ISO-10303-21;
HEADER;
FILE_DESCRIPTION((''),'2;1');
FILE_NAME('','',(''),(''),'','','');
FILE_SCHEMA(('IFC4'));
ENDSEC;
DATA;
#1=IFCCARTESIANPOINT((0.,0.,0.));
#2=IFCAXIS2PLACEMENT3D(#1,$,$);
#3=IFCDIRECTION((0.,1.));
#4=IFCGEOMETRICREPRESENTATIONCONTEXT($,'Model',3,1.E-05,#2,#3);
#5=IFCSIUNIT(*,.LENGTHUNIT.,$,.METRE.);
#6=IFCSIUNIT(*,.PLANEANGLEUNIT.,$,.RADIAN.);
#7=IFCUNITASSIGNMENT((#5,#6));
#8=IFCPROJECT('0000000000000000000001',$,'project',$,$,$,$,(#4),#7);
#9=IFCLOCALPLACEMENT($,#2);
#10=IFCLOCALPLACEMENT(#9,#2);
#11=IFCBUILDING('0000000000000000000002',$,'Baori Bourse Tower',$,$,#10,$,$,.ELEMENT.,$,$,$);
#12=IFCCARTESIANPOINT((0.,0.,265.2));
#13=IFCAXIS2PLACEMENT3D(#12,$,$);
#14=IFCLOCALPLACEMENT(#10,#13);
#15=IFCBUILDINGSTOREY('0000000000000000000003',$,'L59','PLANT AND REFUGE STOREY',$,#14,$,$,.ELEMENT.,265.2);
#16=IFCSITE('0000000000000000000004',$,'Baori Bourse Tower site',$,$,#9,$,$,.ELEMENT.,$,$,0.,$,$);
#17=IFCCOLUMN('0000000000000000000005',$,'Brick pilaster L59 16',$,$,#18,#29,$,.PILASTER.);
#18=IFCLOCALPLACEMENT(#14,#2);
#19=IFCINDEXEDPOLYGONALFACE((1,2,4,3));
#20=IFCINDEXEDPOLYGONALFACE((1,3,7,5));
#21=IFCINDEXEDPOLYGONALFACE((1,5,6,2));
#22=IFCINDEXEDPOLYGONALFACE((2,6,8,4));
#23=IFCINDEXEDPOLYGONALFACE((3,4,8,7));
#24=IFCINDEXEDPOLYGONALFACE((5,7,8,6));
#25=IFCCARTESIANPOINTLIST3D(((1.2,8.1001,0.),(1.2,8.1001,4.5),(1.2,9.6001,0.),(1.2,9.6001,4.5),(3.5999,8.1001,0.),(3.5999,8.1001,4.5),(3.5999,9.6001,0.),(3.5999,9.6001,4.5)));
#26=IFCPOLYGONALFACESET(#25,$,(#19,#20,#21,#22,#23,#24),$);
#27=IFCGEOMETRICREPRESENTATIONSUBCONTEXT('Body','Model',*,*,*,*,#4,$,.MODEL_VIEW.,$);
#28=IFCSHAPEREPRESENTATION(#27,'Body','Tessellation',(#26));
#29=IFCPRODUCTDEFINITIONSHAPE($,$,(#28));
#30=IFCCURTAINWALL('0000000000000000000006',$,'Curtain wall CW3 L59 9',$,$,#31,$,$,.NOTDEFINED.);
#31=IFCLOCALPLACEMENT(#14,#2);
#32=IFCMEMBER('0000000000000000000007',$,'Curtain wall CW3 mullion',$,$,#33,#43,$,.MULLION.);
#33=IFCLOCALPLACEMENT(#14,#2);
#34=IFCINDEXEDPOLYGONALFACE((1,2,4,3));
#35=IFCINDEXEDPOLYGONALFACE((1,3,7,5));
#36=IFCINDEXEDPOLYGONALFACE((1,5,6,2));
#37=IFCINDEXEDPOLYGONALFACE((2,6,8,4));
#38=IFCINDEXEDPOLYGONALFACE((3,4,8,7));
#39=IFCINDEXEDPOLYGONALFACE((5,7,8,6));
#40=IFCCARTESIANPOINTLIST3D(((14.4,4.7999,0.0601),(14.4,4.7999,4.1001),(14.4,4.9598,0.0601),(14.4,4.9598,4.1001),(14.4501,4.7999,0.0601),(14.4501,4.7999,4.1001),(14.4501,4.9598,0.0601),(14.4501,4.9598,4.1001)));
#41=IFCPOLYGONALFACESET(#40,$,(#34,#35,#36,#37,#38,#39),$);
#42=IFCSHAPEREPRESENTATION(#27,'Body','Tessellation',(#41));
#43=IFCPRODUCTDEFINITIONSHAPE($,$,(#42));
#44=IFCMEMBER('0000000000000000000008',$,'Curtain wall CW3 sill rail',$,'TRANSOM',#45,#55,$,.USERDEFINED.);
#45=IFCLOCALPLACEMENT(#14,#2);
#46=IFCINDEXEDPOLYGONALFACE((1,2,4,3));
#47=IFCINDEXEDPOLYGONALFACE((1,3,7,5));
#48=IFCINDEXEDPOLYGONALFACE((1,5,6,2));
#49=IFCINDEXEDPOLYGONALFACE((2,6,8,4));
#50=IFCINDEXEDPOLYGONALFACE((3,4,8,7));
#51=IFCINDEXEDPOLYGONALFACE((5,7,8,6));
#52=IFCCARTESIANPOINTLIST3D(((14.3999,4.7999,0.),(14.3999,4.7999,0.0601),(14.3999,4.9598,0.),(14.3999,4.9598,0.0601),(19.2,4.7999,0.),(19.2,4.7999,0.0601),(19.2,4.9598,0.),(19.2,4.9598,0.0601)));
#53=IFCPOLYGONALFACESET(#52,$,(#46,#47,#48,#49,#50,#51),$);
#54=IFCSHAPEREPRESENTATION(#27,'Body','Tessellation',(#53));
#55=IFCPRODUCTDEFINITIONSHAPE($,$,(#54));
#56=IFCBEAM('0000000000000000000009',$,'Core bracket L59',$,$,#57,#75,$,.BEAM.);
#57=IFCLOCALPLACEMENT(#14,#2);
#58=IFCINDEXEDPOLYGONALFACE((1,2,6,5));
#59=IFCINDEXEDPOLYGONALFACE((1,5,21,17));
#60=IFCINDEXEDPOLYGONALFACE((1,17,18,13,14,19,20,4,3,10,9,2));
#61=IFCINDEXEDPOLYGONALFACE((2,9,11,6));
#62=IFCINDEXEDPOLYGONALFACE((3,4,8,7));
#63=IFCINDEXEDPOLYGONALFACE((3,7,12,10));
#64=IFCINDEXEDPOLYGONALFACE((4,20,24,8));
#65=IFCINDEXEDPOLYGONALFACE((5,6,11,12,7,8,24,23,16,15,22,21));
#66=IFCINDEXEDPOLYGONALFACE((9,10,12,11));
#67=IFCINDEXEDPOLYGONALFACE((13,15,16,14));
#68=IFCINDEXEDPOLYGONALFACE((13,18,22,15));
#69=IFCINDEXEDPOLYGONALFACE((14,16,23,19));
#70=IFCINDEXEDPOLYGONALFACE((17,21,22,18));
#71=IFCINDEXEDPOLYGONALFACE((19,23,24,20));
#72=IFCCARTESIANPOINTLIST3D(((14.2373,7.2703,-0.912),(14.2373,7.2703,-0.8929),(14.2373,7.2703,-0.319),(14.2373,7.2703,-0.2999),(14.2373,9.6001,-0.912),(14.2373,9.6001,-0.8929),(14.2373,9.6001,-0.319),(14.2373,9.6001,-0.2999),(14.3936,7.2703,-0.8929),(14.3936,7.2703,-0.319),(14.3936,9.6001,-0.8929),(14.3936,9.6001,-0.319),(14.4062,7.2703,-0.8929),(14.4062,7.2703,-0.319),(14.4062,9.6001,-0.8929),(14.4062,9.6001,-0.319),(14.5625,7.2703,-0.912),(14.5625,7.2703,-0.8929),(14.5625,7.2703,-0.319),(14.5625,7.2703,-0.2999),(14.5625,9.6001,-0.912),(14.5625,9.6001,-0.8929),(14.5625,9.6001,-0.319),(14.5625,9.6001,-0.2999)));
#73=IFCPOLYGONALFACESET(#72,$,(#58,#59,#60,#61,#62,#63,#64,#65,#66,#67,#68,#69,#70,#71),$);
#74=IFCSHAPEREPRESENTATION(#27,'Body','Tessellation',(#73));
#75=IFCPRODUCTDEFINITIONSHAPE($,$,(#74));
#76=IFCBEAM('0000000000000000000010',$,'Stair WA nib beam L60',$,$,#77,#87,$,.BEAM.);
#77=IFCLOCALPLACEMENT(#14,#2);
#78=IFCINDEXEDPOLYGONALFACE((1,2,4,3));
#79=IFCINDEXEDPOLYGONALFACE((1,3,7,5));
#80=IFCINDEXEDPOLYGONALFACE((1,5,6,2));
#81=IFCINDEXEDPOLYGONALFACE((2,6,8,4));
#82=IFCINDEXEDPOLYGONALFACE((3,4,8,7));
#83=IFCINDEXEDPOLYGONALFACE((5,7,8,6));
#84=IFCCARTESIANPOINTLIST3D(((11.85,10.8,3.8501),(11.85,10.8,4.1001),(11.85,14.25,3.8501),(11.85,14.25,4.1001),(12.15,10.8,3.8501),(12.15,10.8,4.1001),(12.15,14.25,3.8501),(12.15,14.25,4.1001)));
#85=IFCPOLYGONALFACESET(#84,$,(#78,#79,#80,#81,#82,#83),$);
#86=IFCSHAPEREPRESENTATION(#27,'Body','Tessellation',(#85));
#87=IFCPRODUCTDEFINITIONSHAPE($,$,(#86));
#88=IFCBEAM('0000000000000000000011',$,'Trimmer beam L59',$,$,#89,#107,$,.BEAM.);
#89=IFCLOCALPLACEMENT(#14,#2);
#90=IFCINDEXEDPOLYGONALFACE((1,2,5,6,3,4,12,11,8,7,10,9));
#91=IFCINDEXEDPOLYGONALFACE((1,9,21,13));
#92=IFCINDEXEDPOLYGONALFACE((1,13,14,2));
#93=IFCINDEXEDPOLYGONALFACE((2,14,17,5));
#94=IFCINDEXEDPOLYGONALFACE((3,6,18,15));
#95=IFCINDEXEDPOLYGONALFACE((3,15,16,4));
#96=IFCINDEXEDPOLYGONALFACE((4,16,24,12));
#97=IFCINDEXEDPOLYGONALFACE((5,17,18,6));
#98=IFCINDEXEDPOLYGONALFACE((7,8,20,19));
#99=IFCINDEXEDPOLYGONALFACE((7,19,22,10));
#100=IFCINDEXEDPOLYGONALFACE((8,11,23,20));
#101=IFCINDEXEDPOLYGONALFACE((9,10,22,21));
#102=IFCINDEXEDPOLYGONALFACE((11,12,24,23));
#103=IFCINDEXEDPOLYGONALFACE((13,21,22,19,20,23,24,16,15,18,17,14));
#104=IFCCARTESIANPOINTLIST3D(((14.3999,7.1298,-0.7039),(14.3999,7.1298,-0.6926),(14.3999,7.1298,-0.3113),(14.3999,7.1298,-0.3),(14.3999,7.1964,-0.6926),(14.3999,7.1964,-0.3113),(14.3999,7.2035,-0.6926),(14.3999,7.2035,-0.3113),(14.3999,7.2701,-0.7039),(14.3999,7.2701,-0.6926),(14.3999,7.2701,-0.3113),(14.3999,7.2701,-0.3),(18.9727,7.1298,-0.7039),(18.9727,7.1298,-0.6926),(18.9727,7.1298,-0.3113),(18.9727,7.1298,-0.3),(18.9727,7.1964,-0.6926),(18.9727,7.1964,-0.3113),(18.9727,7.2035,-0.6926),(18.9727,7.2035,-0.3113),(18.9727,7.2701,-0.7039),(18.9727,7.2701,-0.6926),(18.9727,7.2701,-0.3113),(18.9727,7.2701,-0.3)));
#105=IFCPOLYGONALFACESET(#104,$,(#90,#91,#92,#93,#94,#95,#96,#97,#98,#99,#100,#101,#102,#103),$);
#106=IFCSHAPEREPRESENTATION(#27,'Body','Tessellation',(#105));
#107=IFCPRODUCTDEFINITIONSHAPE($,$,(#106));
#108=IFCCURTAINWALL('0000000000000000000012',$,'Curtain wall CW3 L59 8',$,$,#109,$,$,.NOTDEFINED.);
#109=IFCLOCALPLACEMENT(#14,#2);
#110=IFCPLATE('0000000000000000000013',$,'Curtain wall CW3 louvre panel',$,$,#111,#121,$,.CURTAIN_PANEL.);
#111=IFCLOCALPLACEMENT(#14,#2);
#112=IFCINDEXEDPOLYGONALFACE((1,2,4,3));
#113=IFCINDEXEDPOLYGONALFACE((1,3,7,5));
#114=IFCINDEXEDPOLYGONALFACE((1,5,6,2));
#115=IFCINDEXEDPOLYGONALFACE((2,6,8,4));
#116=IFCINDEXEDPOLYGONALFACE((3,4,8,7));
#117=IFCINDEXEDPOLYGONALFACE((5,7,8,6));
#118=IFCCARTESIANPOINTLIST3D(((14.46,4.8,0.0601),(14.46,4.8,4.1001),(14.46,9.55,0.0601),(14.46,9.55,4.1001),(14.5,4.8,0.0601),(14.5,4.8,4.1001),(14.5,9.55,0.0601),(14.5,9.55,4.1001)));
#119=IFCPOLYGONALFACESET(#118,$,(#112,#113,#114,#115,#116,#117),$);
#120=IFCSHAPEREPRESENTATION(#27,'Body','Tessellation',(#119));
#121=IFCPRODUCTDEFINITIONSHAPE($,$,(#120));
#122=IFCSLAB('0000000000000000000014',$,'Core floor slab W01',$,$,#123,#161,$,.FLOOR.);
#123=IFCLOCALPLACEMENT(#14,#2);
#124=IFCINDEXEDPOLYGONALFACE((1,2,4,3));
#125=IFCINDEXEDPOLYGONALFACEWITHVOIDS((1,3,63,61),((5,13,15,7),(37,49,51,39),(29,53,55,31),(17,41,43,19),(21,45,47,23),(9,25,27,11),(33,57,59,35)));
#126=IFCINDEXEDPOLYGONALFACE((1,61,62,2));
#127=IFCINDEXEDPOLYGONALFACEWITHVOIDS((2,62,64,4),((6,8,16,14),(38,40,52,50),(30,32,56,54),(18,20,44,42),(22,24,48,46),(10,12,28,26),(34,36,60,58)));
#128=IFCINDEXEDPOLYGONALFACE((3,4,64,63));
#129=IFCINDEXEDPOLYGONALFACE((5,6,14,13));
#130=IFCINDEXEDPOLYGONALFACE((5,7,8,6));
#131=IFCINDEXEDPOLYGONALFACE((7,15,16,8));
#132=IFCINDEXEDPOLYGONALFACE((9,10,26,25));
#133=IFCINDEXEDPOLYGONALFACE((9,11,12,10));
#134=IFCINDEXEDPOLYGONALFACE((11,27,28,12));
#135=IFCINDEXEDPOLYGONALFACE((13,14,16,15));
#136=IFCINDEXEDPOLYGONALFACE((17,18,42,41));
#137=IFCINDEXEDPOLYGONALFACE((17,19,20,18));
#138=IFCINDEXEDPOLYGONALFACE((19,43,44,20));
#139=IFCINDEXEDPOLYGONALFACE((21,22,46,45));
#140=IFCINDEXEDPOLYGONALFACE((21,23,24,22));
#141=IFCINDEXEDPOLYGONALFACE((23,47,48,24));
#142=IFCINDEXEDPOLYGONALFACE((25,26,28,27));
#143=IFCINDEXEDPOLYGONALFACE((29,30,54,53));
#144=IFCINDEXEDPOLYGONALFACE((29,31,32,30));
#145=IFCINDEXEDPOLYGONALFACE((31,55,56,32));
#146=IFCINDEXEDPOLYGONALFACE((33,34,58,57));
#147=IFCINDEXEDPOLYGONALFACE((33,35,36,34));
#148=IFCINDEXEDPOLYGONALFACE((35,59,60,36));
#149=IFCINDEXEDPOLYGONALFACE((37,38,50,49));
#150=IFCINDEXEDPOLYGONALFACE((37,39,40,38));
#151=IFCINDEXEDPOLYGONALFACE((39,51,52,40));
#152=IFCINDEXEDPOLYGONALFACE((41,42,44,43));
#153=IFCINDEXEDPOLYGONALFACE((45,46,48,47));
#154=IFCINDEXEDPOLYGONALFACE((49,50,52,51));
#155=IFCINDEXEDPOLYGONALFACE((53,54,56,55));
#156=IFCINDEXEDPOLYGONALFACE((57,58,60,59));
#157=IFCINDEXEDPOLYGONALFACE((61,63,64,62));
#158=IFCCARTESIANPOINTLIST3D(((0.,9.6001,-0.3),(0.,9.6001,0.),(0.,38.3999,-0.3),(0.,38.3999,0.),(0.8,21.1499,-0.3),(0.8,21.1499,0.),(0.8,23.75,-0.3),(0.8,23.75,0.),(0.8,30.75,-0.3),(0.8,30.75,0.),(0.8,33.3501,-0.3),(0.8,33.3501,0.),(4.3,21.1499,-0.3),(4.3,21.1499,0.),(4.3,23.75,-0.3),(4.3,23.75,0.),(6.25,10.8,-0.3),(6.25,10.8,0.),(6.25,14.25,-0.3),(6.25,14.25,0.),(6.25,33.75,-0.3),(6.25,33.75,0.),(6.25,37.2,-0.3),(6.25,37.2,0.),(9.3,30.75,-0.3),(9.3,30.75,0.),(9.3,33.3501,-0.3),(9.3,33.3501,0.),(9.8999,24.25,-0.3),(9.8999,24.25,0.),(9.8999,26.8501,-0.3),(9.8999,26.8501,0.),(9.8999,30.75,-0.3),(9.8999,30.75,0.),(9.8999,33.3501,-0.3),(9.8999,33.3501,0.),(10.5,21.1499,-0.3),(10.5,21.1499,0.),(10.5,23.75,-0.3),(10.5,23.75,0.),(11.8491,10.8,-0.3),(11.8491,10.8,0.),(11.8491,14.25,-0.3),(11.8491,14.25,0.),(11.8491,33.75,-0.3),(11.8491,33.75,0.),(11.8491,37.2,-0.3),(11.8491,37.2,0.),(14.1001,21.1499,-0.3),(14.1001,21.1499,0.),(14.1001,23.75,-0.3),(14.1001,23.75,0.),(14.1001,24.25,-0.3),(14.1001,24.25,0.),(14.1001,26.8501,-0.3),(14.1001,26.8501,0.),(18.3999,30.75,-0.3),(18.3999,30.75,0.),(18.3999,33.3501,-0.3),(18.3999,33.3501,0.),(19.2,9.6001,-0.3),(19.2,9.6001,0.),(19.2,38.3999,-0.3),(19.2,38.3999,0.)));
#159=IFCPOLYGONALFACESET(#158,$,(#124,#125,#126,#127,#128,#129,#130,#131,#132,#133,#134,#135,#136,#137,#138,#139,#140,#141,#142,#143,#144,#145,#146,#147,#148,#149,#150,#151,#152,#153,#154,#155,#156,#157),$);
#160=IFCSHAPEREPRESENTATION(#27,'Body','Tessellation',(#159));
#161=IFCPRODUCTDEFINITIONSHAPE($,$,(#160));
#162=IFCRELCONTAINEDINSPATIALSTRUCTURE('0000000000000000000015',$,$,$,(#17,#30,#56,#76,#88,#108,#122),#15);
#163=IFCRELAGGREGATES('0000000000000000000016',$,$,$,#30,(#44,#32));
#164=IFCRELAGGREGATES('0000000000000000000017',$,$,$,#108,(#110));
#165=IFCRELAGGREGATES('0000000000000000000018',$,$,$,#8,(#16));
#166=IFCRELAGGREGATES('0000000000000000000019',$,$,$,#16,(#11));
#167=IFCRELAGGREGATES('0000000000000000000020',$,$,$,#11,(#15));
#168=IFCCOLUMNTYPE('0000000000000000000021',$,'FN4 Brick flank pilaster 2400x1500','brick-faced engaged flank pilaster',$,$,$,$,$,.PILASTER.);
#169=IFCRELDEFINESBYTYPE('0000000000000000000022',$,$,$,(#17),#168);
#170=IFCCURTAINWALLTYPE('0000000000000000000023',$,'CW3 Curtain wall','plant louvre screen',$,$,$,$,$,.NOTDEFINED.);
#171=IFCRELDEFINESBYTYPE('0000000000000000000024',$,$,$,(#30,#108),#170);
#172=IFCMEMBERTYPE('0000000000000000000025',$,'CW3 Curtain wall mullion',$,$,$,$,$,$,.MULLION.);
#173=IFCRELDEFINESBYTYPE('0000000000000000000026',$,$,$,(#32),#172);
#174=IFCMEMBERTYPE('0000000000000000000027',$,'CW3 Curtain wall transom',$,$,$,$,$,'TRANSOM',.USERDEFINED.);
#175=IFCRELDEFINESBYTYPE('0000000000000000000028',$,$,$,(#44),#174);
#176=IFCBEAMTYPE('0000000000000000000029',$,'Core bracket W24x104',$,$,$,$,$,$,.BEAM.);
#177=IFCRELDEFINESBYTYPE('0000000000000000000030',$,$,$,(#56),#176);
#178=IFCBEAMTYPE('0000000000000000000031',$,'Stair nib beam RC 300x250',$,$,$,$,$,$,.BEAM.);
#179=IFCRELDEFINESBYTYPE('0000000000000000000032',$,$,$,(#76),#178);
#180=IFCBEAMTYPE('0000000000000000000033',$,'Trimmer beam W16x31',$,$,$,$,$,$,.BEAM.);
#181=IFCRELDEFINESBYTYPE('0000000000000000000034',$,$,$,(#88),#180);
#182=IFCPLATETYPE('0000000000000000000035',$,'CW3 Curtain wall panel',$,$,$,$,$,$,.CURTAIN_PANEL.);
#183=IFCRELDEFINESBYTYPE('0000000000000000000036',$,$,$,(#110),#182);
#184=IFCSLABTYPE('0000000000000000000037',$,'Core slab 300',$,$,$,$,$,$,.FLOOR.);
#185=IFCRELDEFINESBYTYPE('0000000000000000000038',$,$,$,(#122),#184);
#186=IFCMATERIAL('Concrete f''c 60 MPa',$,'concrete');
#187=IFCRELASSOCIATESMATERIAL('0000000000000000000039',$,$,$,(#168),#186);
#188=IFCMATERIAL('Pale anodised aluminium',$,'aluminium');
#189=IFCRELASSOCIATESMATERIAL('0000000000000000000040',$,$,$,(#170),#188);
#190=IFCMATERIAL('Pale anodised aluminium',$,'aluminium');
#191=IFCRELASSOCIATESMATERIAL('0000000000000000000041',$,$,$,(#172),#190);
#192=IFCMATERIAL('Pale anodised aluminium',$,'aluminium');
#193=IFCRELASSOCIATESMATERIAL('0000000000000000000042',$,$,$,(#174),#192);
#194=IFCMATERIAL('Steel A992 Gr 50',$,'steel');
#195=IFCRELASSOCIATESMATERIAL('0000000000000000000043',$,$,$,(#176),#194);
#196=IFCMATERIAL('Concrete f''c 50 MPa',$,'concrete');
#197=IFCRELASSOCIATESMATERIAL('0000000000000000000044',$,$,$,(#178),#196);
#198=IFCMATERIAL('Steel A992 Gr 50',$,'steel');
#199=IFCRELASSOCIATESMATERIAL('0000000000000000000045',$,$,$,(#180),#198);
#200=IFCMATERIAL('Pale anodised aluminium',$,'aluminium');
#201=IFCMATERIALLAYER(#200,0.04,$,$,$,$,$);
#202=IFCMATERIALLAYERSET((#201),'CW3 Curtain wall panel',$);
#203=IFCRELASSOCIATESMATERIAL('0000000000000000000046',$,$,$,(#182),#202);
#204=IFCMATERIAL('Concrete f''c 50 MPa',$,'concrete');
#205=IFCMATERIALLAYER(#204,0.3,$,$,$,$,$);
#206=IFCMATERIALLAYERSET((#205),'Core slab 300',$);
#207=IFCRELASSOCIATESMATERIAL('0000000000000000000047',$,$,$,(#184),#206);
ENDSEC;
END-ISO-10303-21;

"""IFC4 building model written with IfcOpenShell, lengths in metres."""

from ifc_helpers import new_model, si_unit, direction, frame, origin, origin_2d, place, context, subcontext, project, spatial, polyline, rectangle, i_section, outline, extrude, material, layer, layer_set, material_profile, profile_set, type_object, element, aggregate, save


model = new_model("IFC4")

# Units and contexts
model_context = context("Model", 3, precision=1e-05, world=origin(), true_north=direction((0.0, 1.0)))
body_context = subcontext(model_context, "Body", "Model", "MODEL_VIEW")
ifc_project = project(units=[si_unit("LENGTHUNIT", "METRE"), si_unit("PLANEANGLEUNIT", "RADIAN")], contexts=[model_context])

# Site, building, storey
site_placement = place(None, origin())
site = spatial("IfcSite", under=ifc_project, at=site_placement, Name="Baori Bourse Tower site", CompositionType="ELEMENT", RefElevation=0.0)
building_placement = place(site_placement, origin())
building = spatial("IfcBuilding", under=site, at=building_placement, Name="Baori Bourse Tower", CompositionType="ELEMENT")
storey_placement = place(building_placement, frame((0.0, 0.0, 265.2)))
storey = spatial("IfcBuildingStorey", under=building, at=storey_placement, Name="L59", Description="PLANT AND REFUGE STOREY", CompositionType="ELEMENT", Elevation=265.2)

# Column
ifc_material_1 = material(Name="Concrete f'c 60 MPa", Category="concrete")
ifc_material_profile_1 = material_profile(ifc_material_1, rectangle(XDim=2.3999, YDim=1.5, at=origin_2d()), Name="RC 2400x1500")
ifc_profile_set_1 = profile_set([ifc_material_profile_1], Name="Concrete f'c 60 MPa")
column_type = type_object("IfcColumnType", Name="FN4 Brick flank pilaster 2400x1500", Description="brick-faced engaged flank pilaster", PredefinedType="PILASTER", material=ifc_profile_set_1)
column_placement = place(storey_placement, frame((2.3999, 8.8501, 0.0), z_axis=(0.0, 0.0, 1.0), x_axis=(1.0, 0.0, 0.0)))
element("IfcColumn", 1, at=column_placement, inside=storey, type_object=column_type, Name="Brick pilaster L59 16", PredefinedType="PILASTER", context=body_context, shape_type="SweptSolid", body=[
    extrude(rectangle(XDim=2.3999, YDim=1.5, at=origin_2d()), origin(), (0.0, 0.0, 1.0), 4.5),
])

# Curtain wall, members
ifc_material_2 = material(Name="Pale anodised aluminium", Category="aluminium")
curtain_wall_type = type_object("IfcCurtainWallType", Name="CW3 Curtain wall", Description="plant louvre screen", PredefinedType="NOTDEFINED", material=ifc_material_2)
curtain_wall_1_placement = place(storey_placement, origin())
curtain_wall_1 = element("IfcCurtainWall", 2, at=curtain_wall_1_placement, inside=storey, type_object=curtain_wall_type, Name="Curtain wall CW3 L59 9", PredefinedType="NOTDEFINED")
ifc_material_3 = material(Name="Pale anodised aluminium", Category="aluminium")
ifc_material_profile_2 = material_profile(ifc_material_3, rectangle(XDim=0.1599, YDim=0.05, at=origin_2d()), Name="Mullion 50x160")
ifc_profile_set_2 = profile_set([ifc_material_profile_2], Name="Pale anodised aluminium")
member_type_1 = type_object("IfcMemberType", Name="CW3 Curtain wall mullion", PredefinedType="MULLION", material=ifc_profile_set_2)
member_1_placement = place(storey_placement, frame((14.425, 4.8799, 0.0601), z_axis=(0.0, 0.0, 1.0), x_axis=(0.0, 1.0, 0.0)))
member_1 = element("IfcMember", 3, at=member_1_placement, type_object=member_type_1, Name="Curtain wall CW3 mullion", PredefinedType="MULLION", context=body_context, shape_type="SweptSolid", body=[
    extrude(rectangle(XDim=0.1599, YDim=0.05, at=origin_2d()), origin(), (0.0, 0.0, 1.0), 4.04),
])
ifc_material_4 = material(Name="Pale anodised aluminium", Category="aluminium")
ifc_material_profile_3 = material_profile(ifc_material_4, rectangle(XDim=0.1599, YDim=0.0601, at=origin_2d()), Name="Transom 60x160")
ifc_profile_set_3 = profile_set([ifc_material_profile_3], Name="Pale anodised aluminium")
member_type_2 = type_object("IfcMemberType", Name="CW3 Curtain wall transom", ElementType="TRANSOM", PredefinedType="USERDEFINED", material=ifc_profile_set_3)
member_2_placement = place(storey_placement, frame((14.3999, 4.8799, 0.03), z_axis=(1.0, 0.0, 0.0), x_axis=(0.0, 1.0, 0.0)))
member_2 = element("IfcMember", 4, at=member_2_placement, type_object=member_type_2, Name="Curtain wall CW3 sill rail", ObjectType="TRANSOM", PredefinedType="USERDEFINED", context=body_context, shape_type="SweptSolid", body=[
    extrude(rectangle(XDim=0.1599, YDim=0.0601, at=origin_2d()), origin(), (0.0, 0.0, 1.0), 4.8),
])
aggregate(curtain_wall_1, [member_2, member_1])

# Beams
ifc_material_5 = material(Name="Steel A992 Gr 50", Category="steel")
ifc_material_profile_4 = material_profile(ifc_material_5, i_section(OverallWidth=0.3252, OverallDepth=0.6121, WebThickness=0.0127, FlangeThickness=0.019, at=origin_2d()), Name="W24x104")
ifc_profile_set_4 = profile_set([ifc_material_profile_4], Name="Steel A992 Gr 50")
beam_type_1 = type_object("IfcBeamType", Name="Core bracket W24x104", PredefinedType="BEAM", material=ifc_profile_set_4)
beam_1_placement = place(storey_placement, frame((14.3999, 7.2703, -0.606), z_axis=(0.0, 1.0, 0.0), x_axis=(-1.0, 0.0, 0.0)))
element("IfcBeam", 5, at=beam_1_placement, inside=storey, type_object=beam_type_1, Name="Core bracket L59", PredefinedType="BEAM", context=body_context, shape_type="SweptSolid", body=[
    extrude(i_section(OverallWidth=0.3252, OverallDepth=0.6121, WebThickness=0.0127, FlangeThickness=0.019, at=origin_2d()), origin(), (0.0, 0.0, 1.0), 2.3298),
])
ifc_material_6 = material(Name="Concrete f'c 50 MPa", Category="concrete")
ifc_material_profile_5 = material_profile(ifc_material_6, rectangle(XDim=0.3, YDim=0.25, at=origin_2d()), Name="RC 300x250")
ifc_profile_set_5 = profile_set([ifc_material_profile_5], Name="Concrete f'c 50 MPa")
beam_type_2 = type_object("IfcBeamType", Name="Stair nib beam RC 300x250", PredefinedType="BEAM", material=ifc_profile_set_5)
beam_2_placement = place(storey_placement, frame((12.0, 10.8, 3.9751), z_axis=(0.0, 1.0, 0.0), x_axis=(-1.0, 0.0, 0.0)))
element("IfcBeam", 6, at=beam_2_placement, inside=storey, type_object=beam_type_2, Name="Stair WA nib beam L60", PredefinedType="BEAM", context=body_context, shape_type="SweptSolid", body=[
    extrude(rectangle(XDim=0.3, YDim=0.25, at=origin_2d()), origin(), (0.0, 0.0, 1.0), 3.45),
])
ifc_material_7 = material(Name="Steel A992 Gr 50", Category="steel")
ifc_material_profile_6 = material_profile(ifc_material_7, i_section(OverallWidth=0.1404, OverallDepth=0.4038, WebThickness=0.0071, FlangeThickness=0.0112, at=origin_2d()), Name="W16x31")
ifc_profile_set_6 = profile_set([ifc_material_profile_6], Name="Steel A992 Gr 50")
beam_type_3 = type_object("IfcBeamType", Name="Trimmer beam W16x31", PredefinedType="BEAM", material=ifc_profile_set_6)
beam_3_placement = place(storey_placement, frame((14.3999, 7.2, -0.502), z_axis=(1.0, 0.0, 0.0), x_axis=(0.0, 1.0, 0.0)))
element("IfcBeam", 7, at=beam_3_placement, inside=storey, type_object=beam_type_3, Name="Trimmer beam L59", PredefinedType="BEAM", context=body_context, shape_type="SweptSolid", body=[
    extrude(i_section(OverallWidth=0.1404, OverallDepth=0.4038, WebThickness=0.0071, FlangeThickness=0.0112, at=origin_2d()), origin(), (0.0, 0.0, 1.0), 4.5728),
])

# Curtain wall, plate
curtain_wall_2_placement = place(storey_placement, origin())
curtain_wall_2 = element("IfcCurtainWall", 8, at=curtain_wall_2_placement, inside=storey, type_object=curtain_wall_type, Name="Curtain wall CW3 L59 8", PredefinedType="NOTDEFINED")
ifc_material_8 = material(Name="Pale anodised aluminium", Category="aluminium")
ifc_layer_1 = layer(ifc_material_8, 0.04)
ifc_layer_set_1 = layer_set([ifc_layer_1], Name="CW3 Curtain wall panel")
plate_type = type_object("IfcPlateType", Name="CW3 Curtain wall panel", PredefinedType="CURTAIN_PANEL", material=ifc_layer_set_1)
plate_placement = place(storey_placement, frame((14.48, 7.175, 0.0601), z_axis=(0.0, 0.0, 1.0), x_axis=(0.0, -1.0, 0.0)))
plate = element("IfcPlate", 9, at=plate_placement, type_object=plate_type, Name="Curtain wall CW3 louvre panel", PredefinedType="CURTAIN_PANEL", context=body_context, shape_type="SweptSolid", body=[
    extrude(rectangle(XDim=4.75, YDim=0.04, at=origin_2d()), origin(), (0.0, 0.0, 1.0), 4.04),
])
aggregate(curtain_wall_2, [plate])

# Slab
ifc_material_9 = material(Name="Concrete f'c 50 MPa", Category="concrete")
ifc_layer_2 = layer(ifc_material_9, 0.3)
ifc_layer_set_2 = layer_set([ifc_layer_2], Name="Core slab 300")
slab_type_1 = type_object("IfcSlabType", Name="Core slab 300", PredefinedType="FLOOR", material=ifc_layer_set_2)
slab_1_placement = place(storey_placement, frame((0.0, 0.0, -0.3)))
element("IfcSlab", 10, at=slab_1_placement, inside=storey, type_object=slab_type_1, Name="Core floor slab W01", PredefinedType="FLOOR", context=body_context, shape_type="SweptSolid", body=[
    extrude(outline(polyline([(19.2, 38.3999), (0.0, 38.3999), (0.0, 9.6001), (19.2, 9.6001), (19.2, 38.3999)]), holes=[polyline([(9.8999, 33.3501), (18.3999, 33.3501), (18.3999, 30.75), (9.8999, 30.75), (9.8999, 33.3501)]), polyline([(10.5, 21.1499), (10.5, 23.75), (14.1001, 23.75), (14.1001, 21.1499), (10.5, 21.1499)]), polyline([(14.1001, 24.25), (9.8999, 24.25), (9.8999, 26.8501), (14.1001, 26.8501), (14.1001, 24.25)]), polyline([(6.25, 14.25), (11.8491, 14.25), (11.8491, 10.8), (6.25, 10.8), (6.25, 14.25)]), polyline([(11.8491, 37.2), (11.8491, 33.75), (6.25, 33.75), (6.25, 37.2), (11.8491, 37.2)]), polyline([(0.8, 30.75), (0.8, 33.3501), (9.3, 33.3501), (9.3, 30.75), (0.8, 30.75)]), polyline([(4.3, 23.75), (4.3, 21.1499), (0.8, 21.1499), (0.8, 23.75), (4.3, 23.75)])]), origin(), (0.0, 0.0, 1.0), 0.3),
])

save(model, "model.ifc")
